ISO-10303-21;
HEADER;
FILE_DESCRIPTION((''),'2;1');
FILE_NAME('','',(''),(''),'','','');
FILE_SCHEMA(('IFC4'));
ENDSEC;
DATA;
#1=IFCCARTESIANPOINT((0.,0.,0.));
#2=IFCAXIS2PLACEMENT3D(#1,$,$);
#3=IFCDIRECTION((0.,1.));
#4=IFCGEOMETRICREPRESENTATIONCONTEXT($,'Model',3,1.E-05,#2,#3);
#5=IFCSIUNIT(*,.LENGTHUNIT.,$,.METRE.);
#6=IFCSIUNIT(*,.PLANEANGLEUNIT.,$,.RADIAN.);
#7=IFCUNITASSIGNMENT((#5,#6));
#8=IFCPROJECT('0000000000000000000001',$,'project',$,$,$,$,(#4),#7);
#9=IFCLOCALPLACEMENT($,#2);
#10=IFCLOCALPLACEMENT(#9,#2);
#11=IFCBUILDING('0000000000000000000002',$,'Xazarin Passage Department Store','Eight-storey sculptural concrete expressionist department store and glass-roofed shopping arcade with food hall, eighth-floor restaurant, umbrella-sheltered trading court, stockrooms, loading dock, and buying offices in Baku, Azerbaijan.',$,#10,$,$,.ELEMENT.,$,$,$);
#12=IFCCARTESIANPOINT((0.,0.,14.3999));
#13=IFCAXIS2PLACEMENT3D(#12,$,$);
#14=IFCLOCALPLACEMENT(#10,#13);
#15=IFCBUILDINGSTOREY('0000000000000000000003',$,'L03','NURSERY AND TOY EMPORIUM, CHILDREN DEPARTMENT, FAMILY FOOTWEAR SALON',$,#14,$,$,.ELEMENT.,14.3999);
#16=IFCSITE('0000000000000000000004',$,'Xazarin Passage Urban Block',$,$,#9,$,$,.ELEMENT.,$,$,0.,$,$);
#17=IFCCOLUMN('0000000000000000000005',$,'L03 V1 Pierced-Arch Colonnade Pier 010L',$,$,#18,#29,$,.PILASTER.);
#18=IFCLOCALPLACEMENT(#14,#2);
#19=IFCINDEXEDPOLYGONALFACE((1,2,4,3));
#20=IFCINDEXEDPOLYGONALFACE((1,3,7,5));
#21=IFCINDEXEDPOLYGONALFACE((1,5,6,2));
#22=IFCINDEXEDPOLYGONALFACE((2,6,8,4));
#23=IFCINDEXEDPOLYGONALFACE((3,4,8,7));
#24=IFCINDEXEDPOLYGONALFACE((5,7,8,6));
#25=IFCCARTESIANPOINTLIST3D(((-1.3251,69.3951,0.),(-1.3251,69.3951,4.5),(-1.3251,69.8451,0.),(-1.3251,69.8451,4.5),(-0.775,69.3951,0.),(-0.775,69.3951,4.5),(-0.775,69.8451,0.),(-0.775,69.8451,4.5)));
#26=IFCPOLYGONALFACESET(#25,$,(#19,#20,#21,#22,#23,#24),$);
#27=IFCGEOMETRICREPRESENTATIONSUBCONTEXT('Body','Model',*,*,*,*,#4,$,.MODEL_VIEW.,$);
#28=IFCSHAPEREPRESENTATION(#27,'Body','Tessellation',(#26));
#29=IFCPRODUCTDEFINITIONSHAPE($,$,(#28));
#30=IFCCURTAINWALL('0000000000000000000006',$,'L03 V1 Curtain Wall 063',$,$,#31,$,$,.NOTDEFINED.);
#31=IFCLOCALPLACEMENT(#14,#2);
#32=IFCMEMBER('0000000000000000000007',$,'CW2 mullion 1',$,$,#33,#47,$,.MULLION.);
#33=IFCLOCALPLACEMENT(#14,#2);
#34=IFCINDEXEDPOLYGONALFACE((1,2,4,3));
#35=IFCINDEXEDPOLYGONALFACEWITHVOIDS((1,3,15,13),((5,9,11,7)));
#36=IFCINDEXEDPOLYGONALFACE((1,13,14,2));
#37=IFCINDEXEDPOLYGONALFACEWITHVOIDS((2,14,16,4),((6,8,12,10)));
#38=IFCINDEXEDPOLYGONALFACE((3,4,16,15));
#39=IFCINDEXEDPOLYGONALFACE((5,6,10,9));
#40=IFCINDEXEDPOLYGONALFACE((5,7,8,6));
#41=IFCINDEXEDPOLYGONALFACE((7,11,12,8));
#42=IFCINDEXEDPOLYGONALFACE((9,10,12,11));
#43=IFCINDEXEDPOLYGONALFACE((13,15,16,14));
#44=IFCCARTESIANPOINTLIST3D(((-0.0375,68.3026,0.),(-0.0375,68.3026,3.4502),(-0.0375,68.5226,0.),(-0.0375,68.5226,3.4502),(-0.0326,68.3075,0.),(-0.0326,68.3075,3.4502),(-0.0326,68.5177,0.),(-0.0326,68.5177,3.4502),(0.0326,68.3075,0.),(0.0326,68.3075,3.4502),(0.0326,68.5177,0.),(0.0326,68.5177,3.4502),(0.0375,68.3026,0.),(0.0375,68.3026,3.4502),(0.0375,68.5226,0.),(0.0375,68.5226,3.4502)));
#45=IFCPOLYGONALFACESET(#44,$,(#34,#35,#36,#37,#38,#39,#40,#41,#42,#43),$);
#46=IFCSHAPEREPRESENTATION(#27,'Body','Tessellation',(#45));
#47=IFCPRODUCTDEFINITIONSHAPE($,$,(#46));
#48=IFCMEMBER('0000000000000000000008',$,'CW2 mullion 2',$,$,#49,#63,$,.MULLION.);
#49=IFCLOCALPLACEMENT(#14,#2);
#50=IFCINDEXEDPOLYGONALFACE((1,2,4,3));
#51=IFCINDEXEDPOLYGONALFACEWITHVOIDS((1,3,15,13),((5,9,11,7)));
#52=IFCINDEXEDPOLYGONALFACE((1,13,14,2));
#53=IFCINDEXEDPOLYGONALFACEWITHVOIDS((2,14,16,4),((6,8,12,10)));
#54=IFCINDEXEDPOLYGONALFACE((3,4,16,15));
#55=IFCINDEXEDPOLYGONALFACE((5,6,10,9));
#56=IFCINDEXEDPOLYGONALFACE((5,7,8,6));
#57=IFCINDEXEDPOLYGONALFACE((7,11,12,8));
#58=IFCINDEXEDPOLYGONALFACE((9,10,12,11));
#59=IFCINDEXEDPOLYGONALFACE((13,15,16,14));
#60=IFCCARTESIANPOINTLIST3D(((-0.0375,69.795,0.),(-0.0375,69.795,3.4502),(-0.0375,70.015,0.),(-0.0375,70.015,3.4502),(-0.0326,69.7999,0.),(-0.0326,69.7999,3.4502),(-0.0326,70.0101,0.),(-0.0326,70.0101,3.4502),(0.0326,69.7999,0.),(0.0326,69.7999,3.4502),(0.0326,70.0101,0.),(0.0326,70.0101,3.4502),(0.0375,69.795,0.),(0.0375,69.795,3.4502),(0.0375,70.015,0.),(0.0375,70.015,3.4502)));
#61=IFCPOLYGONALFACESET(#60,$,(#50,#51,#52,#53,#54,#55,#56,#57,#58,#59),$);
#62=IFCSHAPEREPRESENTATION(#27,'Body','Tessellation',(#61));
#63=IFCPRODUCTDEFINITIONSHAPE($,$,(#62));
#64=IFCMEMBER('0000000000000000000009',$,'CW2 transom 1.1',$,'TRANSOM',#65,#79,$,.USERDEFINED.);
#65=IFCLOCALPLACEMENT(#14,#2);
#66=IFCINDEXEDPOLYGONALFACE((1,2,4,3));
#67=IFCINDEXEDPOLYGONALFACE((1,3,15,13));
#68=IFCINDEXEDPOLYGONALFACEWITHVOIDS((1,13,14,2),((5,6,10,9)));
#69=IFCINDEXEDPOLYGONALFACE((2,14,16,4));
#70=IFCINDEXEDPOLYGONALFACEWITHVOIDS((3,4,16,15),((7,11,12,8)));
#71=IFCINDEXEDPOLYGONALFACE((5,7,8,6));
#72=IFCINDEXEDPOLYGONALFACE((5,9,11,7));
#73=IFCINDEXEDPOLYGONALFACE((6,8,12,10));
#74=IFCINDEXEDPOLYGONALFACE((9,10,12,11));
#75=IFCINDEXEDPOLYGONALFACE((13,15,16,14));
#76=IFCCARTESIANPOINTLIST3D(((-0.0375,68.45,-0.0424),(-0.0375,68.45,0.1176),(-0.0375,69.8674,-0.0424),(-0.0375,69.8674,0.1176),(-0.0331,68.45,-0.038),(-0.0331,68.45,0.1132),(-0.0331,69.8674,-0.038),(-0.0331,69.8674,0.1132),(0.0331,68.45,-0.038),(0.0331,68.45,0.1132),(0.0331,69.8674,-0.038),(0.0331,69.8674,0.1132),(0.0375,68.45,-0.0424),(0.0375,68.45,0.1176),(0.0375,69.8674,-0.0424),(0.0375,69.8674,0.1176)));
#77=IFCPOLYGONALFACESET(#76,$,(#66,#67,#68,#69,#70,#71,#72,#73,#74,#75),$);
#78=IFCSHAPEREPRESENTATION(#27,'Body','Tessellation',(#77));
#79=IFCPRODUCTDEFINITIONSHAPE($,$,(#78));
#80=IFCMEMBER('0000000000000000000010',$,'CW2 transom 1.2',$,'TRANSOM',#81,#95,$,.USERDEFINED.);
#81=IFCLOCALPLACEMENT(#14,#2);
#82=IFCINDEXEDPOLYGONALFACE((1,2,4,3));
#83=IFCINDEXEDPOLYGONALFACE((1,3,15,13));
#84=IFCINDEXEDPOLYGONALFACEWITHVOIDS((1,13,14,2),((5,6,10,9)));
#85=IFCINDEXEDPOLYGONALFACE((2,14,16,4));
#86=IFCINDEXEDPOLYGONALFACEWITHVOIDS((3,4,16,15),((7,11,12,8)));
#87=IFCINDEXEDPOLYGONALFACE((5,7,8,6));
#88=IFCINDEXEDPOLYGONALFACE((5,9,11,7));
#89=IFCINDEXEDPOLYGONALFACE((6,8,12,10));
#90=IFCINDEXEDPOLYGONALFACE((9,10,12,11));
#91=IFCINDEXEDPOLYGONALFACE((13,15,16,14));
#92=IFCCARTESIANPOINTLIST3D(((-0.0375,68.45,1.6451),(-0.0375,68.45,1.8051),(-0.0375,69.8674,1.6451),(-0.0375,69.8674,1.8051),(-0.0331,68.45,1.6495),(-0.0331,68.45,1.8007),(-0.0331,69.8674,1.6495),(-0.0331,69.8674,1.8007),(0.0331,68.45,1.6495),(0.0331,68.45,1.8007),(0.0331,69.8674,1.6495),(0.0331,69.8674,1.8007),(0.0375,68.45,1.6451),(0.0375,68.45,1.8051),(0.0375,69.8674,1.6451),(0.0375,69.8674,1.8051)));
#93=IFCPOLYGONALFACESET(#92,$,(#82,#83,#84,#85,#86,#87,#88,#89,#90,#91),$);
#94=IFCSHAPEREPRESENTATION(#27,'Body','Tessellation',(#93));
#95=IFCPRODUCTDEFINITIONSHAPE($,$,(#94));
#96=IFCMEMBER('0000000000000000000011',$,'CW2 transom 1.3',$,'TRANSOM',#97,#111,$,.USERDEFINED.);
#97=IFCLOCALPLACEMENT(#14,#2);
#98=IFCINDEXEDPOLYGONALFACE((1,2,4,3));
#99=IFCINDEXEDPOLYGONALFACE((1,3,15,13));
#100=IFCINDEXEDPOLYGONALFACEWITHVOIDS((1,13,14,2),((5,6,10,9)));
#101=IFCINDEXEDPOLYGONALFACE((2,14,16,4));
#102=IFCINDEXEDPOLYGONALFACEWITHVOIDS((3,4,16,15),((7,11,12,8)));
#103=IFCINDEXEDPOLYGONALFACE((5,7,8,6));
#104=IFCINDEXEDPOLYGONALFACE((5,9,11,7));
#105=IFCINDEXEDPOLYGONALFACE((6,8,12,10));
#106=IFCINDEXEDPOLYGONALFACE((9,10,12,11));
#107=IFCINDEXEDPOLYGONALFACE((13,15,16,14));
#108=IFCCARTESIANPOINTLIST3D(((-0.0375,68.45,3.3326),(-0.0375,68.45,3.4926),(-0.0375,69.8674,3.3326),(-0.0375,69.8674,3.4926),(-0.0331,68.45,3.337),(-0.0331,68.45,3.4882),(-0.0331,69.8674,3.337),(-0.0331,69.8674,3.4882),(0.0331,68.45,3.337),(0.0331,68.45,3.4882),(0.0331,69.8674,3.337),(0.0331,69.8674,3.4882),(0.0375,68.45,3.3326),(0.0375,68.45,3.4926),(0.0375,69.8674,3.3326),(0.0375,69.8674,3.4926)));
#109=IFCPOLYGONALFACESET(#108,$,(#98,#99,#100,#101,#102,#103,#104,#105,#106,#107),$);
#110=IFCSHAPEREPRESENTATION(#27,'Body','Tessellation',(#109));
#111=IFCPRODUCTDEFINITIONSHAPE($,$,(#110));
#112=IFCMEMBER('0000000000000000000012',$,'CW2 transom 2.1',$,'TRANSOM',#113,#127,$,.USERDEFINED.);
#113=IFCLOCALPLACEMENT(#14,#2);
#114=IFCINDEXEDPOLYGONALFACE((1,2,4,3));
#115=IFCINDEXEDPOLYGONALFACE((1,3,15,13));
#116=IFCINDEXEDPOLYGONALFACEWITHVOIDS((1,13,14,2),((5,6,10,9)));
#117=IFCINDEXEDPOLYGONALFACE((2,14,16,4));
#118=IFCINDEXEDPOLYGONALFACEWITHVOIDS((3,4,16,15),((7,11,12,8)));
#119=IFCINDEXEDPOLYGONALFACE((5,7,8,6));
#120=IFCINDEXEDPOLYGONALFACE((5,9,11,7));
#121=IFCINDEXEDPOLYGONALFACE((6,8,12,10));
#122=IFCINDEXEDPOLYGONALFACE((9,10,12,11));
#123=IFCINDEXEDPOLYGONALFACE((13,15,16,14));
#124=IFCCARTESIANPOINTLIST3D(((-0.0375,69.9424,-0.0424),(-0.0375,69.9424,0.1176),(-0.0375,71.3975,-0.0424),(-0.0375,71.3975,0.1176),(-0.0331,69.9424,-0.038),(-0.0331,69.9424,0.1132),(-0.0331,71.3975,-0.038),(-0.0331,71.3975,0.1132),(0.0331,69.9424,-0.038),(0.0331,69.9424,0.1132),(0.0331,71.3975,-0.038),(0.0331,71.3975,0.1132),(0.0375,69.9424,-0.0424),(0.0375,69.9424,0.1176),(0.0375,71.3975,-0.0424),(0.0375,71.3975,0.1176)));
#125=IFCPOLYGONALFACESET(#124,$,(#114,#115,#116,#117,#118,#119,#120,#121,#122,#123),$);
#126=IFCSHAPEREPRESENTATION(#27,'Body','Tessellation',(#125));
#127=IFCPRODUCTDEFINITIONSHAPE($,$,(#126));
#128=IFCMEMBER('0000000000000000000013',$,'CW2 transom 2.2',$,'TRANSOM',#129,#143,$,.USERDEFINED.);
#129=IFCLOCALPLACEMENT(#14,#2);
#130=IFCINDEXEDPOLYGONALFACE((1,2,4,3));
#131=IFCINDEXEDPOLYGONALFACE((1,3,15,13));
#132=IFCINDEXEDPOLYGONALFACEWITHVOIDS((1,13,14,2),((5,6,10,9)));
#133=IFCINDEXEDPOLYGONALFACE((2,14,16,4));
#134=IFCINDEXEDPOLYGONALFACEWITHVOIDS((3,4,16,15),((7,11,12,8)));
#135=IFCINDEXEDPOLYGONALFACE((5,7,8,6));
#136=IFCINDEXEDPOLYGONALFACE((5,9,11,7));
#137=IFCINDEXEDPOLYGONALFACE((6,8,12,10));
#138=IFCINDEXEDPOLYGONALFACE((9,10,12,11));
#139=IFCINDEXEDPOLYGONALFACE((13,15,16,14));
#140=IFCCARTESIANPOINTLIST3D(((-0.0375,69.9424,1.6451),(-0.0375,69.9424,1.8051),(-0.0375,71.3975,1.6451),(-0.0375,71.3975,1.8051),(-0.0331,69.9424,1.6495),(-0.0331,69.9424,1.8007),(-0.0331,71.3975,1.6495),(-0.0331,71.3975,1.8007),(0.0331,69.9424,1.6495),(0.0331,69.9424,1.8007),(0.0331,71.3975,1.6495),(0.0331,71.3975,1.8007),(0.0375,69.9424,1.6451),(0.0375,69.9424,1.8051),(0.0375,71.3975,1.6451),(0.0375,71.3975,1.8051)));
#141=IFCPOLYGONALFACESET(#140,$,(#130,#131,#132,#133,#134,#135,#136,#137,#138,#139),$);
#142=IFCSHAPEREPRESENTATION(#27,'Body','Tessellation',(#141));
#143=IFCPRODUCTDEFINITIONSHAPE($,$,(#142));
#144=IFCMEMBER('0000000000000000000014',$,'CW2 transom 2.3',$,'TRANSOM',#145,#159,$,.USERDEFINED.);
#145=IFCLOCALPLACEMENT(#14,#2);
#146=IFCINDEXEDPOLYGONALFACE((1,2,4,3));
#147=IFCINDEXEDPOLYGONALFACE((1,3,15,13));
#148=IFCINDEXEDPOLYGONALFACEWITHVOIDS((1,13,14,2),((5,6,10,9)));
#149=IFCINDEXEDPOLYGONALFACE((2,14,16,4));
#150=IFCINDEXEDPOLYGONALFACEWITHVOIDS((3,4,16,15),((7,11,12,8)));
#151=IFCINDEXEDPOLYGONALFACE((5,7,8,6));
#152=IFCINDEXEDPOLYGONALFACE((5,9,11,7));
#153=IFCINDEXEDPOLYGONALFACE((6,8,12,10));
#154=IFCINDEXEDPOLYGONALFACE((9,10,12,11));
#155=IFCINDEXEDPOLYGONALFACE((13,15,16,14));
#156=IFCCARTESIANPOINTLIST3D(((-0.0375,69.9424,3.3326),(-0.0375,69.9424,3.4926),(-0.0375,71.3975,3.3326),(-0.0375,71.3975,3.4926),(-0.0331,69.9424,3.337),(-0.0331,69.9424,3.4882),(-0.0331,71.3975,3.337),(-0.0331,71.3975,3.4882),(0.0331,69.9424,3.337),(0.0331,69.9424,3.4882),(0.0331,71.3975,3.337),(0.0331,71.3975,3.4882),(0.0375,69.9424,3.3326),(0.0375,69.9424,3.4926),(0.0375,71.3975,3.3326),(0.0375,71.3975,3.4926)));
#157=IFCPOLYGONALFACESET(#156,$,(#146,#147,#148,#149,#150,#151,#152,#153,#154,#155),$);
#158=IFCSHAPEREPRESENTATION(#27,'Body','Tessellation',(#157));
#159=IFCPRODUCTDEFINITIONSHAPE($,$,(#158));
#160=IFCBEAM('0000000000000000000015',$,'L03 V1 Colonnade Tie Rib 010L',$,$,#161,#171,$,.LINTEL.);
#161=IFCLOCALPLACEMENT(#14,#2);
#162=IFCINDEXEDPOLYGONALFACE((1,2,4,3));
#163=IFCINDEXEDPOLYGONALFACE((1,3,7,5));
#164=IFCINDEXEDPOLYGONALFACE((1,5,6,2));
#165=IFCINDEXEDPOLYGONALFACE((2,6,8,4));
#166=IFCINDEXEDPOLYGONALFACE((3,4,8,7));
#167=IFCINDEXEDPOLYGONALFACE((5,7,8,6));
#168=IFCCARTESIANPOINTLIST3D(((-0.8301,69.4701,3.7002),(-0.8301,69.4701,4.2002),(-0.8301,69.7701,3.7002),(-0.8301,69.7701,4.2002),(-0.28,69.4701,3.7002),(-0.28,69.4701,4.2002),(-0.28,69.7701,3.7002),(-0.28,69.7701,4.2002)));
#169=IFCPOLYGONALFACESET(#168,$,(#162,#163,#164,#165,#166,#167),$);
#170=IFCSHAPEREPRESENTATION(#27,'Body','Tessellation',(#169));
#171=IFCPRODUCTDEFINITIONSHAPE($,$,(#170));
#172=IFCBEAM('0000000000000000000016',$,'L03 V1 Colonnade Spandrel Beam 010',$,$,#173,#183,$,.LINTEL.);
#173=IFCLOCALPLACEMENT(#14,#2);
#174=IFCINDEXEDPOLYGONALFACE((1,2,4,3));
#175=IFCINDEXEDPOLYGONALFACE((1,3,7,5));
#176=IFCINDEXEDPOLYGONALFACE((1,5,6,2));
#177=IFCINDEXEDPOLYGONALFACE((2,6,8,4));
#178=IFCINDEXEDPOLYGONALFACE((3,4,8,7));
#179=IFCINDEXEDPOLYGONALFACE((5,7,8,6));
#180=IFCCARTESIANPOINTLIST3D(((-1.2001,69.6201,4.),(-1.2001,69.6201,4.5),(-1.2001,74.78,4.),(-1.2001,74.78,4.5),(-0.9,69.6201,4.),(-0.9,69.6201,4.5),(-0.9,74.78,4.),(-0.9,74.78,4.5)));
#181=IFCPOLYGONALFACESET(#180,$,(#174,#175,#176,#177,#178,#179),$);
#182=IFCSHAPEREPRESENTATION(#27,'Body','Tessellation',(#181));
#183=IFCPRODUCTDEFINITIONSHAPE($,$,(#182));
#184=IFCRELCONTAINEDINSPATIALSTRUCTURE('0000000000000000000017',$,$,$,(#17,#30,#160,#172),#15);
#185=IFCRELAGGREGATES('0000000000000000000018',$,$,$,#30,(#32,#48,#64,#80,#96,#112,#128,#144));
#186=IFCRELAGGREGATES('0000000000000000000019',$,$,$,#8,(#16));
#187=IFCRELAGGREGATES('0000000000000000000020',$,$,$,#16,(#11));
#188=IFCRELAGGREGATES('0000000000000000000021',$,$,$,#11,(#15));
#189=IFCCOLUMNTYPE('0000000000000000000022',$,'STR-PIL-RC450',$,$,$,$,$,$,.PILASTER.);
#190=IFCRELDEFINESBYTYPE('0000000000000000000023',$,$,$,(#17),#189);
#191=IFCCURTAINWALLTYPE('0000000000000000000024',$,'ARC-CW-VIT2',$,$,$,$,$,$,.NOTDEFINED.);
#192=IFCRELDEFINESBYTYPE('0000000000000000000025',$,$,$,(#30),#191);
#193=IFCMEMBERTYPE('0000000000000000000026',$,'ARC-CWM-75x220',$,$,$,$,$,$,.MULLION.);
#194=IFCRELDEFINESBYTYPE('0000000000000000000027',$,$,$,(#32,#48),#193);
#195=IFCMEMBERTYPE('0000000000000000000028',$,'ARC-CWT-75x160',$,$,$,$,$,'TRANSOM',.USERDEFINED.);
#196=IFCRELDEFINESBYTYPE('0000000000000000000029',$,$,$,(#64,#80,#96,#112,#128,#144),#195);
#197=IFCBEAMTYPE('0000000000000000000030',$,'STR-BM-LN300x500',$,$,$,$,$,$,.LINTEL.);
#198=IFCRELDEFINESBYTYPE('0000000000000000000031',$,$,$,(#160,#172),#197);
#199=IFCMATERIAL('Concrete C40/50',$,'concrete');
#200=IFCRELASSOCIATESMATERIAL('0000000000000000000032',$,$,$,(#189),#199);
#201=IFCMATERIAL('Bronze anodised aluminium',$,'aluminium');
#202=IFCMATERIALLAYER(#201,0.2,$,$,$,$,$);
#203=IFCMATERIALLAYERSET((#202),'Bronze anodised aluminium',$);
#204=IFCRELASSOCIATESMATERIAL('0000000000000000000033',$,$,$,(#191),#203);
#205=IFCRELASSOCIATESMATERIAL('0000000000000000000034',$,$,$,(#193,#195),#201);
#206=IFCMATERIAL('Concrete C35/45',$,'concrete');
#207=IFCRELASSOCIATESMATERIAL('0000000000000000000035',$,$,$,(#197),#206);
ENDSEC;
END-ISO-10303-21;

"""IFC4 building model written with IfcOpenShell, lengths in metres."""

from ifc_helpers import new_model, si_unit, direction, frame, origin, origin_2d, place, context, subcontext, project, spatial, rectangle, hollow_rectangle, extrude, material, layer, layer_set, material_profile, profile_set, type_object, element, aggregate, save


model = new_model("IFC4")

# Units and contexts
model_context = context("Model", 3, precision=1e-05, world=origin(), true_north=direction((0.0, 1.0)))
body_context = subcontext(model_context, "Body", "Model", "MODEL_VIEW")
ifc_project = project(units=[si_unit("LENGTHUNIT", "METRE"), si_unit("PLANEANGLEUNIT", "RADIAN")], contexts=[model_context])

# Site, building, storey
site_placement = place(None, origin())
site = spatial("IfcSite", under=ifc_project, at=site_placement, Name="Xazarin Passage Urban Block", CompositionType="ELEMENT", RefElevation=0.0)
building_placement = place(site_placement, origin())
building = spatial("IfcBuilding", under=site, at=building_placement, Name="Xazarin Passage Department Store", Description="Eight-storey sculptural concrete expressionist department store and glass-roofed shopping arcade with food hall, eighth-floor restaurant, umbrella-sheltered trading court, stockrooms, loading dock, and buying offices in Baku, Azerbaijan.", CompositionType="ELEMENT")
storey_placement = place(building_placement, frame((0.0, 0.0, 14.3999)))
storey = spatial("IfcBuildingStorey", under=building, at=storey_placement, Name="L03", Description="NURSERY AND TOY EMPORIUM, CHILDREN DEPARTMENT, FAMILY FOOTWEAR SALON", CompositionType="ELEMENT", Elevation=14.3999)

# Column
ifc_material_1 = material(Name="Concrete C40/50", Category="concrete")
ifc_material_profile_1 = material_profile(ifc_material_1, rectangle(XDim=0.45, YDim=0.55, at=origin_2d()), Name="RC 450x550")
ifc_profile_set_1 = profile_set([ifc_material_profile_1], Name="Concrete C40/50")
column_type = type_object("IfcColumnType", Name="STR-PIL-RC450", PredefinedType="PILASTER", material=ifc_profile_set_1)
column_placement = place(storey_placement, frame((-1.05, 69.6201, 0.0), z_axis=(0.0, 0.0, 1.0), x_axis=(0.0, 1.0, 0.0)))
element("IfcColumn", 1, at=column_placement, inside=storey, type_object=column_type, Name="L03 V1 Pierced-Arch Colonnade Pier 010L", PredefinedType="PILASTER", context=body_context, shape_type="SweptSolid", body=[
    extrude(rectangle(XDim=0.45, YDim=0.55, at=origin_2d()), origin(), (0.0, 0.0, 1.0), 4.5),
])

# Curtain wall, members
ifc_material_2 = material(Name="Bronze anodised aluminium", Category="aluminium")
ifc_layer_1 = layer(ifc_material_2, 0.2)
ifc_layer_set_1 = layer_set([ifc_layer_1], Name="Bronze anodised aluminium")
curtain_wall_type = type_object("IfcCurtainWallType", Name="ARC-CW-VIT2", PredefinedType="NOTDEFINED", material=ifc_layer_set_1)
curtain_wall_placement = place(storey_placement, origin())
curtain_wall = element("IfcCurtainWall", 2, at=curtain_wall_placement, inside=storey, type_object=curtain_wall_type, Name="L03 V1 Curtain Wall 063", PredefinedType="NOTDEFINED")
ifc_material_profile_2 = material_profile(ifc_material_2, hollow_rectangle(XDim=0.075, YDim=0.22, WallThickness=0.0049, at=origin_2d()), Name="ALU 75x220")
ifc_profile_set_2 = profile_set([ifc_material_profile_2], Name="Bronze anodised aluminium")
member_type_1 = type_object("IfcMemberType", Name="ARC-CWM-75x220", PredefinedType="MULLION", material=ifc_profile_set_2)
member_1_placement = place(storey_placement, frame((0.0, 68.4126, 0.0), z_axis=(0.0, 0.0, 1.0), x_axis=(-1.0, 0.0, 0.0)))
member_1 = element("IfcMember", 3, at=member_1_placement, type_object=member_type_1, Name="CW2 mullion 1", PredefinedType="MULLION", context=body_context, shape_type="SweptSolid", body=[
    extrude(hollow_rectangle(XDim=0.075, YDim=0.22, WallThickness=0.0049, at=origin_2d()), origin(), (0.0, 0.0, 1.0), 3.4502),
])
member_2_placement = place(storey_placement, frame((0.0, 69.905, 0.0), z_axis=(0.0, 0.0, 1.0), x_axis=(-1.0, 0.0, 0.0)))
member_2 = element("IfcMember", 4, at=member_2_placement, type_object=member_type_1, Name="CW2 mullion 2", PredefinedType="MULLION", context=body_context, shape_type="SweptSolid", body=[
    extrude(hollow_rectangle(XDim=0.075, YDim=0.22, WallThickness=0.0049, at=origin_2d()), origin(), (0.0, 0.0, 1.0), 3.4502),
])
ifc_material_profile_3 = material_profile(ifc_material_2, hollow_rectangle(XDim=0.075, YDim=0.1599, WallThickness=0.0044, at=origin_2d()), Name="ALU 75x160")
ifc_profile_set_3 = profile_set([ifc_material_profile_3], Name="Bronze anodised aluminium")
member_type_2 = type_object("IfcMemberType", Name="ARC-CWT-75x160", ElementType="TRANSOM", PredefinedType="USERDEFINED", material=ifc_profile_set_3)
member_3_placement = place(storey_placement, frame((0.0, 68.45, 0.0376), z_axis=(0.0, 1.0, 0.0), x_axis=(-1.0, 0.0, 0.0)))
member_3 = element("IfcMember", 5, at=member_3_placement, type_object=member_type_2, Name="CW2 transom 1.1", ObjectType="TRANSOM", PredefinedType="USERDEFINED", context=body_context, shape_type="SweptSolid", body=[
    extrude(hollow_rectangle(XDim=0.075, YDim=0.1599, WallThickness=0.0044, at=origin_2d()), origin(), (0.0, 0.0, 1.0), 1.4175),
])
member_4_placement = place(storey_placement, frame((0.0, 68.45, 1.7251), z_axis=(0.0, 1.0, 0.0), x_axis=(-1.0, 0.0, 0.0)))
member_4 = element("IfcMember", 6, at=member_4_placement, type_object=member_type_2, Name="CW2 transom 1.2", ObjectType="TRANSOM", PredefinedType="USERDEFINED", context=body_context, shape_type="SweptSolid", body=[
    extrude(hollow_rectangle(XDim=0.075, YDim=0.1599, WallThickness=0.0044, at=origin_2d()), origin(), (0.0, 0.0, 1.0), 1.4175),
])
member_5_placement = place(storey_placement, frame((0.0, 68.45, 3.4126), z_axis=(0.0, 1.0, 0.0), x_axis=(-1.0, 0.0, 0.0)))
member_5 = element("IfcMember", 7, at=member_5_placement, type_object=member_type_2, Name="CW2 transom 1.3", ObjectType="TRANSOM", PredefinedType="USERDEFINED", context=body_context, shape_type="SweptSolid", body=[
    extrude(hollow_rectangle(XDim=0.075, YDim=0.1599, WallThickness=0.0044, at=origin_2d()), origin(), (0.0, 0.0, 1.0), 1.4175),
])
member_6_placement = place(storey_placement, frame((0.0, 69.9424, 0.0376), z_axis=(0.0, 1.0, 0.0), x_axis=(-1.0, 0.0, 0.0)))
member_6 = element("IfcMember", 8, at=member_6_placement, type_object=member_type_2, Name="CW2 transom 2.1", ObjectType="TRANSOM", PredefinedType="USERDEFINED", context=body_context, shape_type="SweptSolid", body=[
    extrude(hollow_rectangle(XDim=0.075, YDim=0.1599, WallThickness=0.0044, at=origin_2d()), origin(), (0.0, 0.0, 1.0), 1.4551),
])
member_7_placement = place(storey_placement, frame((0.0, 69.9424, 1.7251), z_axis=(0.0, 1.0, 0.0), x_axis=(-1.0, 0.0, 0.0)))
member_7 = element("IfcMember", 9, at=member_7_placement, type_object=member_type_2, Name="CW2 transom 2.2", ObjectType="TRANSOM", PredefinedType="USERDEFINED", context=body_context, shape_type="SweptSolid", body=[
    extrude(hollow_rectangle(XDim=0.075, YDim=0.1599, WallThickness=0.0044, at=origin_2d()), origin(), (0.0, 0.0, 1.0), 1.4551),
])
member_8_placement = place(storey_placement, frame((0.0, 69.9424, 3.4126), z_axis=(0.0, 1.0, 0.0), x_axis=(-1.0, 0.0, 0.0)))
member_8 = element("IfcMember", 10, at=member_8_placement, type_object=member_type_2, Name="CW2 transom 2.3", ObjectType="TRANSOM", PredefinedType="USERDEFINED", context=body_context, shape_type="SweptSolid", body=[
    extrude(hollow_rectangle(XDim=0.075, YDim=0.1599, WallThickness=0.0044, at=origin_2d()), origin(), (0.0, 0.0, 1.0), 1.4551),
])

# Beams
ifc_material_3 = material(Name="Concrete C35/45", Category="concrete")
ifc_material_profile_4 = material_profile(ifc_material_3, rectangle(XDim=0.3, YDim=0.5, at=origin_2d()), Name="RC 300x500")
ifc_profile_set_4 = profile_set([ifc_material_profile_4], Name="Concrete C35/45")
beam_type = type_object("IfcBeamType", Name="STR-BM-LN300x500", PredefinedType="LINTEL", material=ifc_profile_set_4)
beam_1_placement = place(storey_placement, frame((-0.28, 69.6201, 3.9502), z_axis=(-1.0, 0.0, 0.0), x_axis=(0.0, -1.0, 0.0)))
element("IfcBeam", 11, at=beam_1_placement, inside=storey, type_object=beam_type, Name="L03 V1 Colonnade Tie Rib 010L", PredefinedType="LINTEL", context=body_context, shape_type="SweptSolid", body=[
    extrude(rectangle(XDim=0.3, YDim=0.5, at=origin_2d()), origin(), (0.0, 0.0, 1.0), 0.55),
])
beam_2_placement = place(storey_placement, frame((-1.05, 69.6201, 4.25), z_axis=(0.0, 1.0, 0.0), x_axis=(-1.0, 0.0, 0.0)))
element("IfcBeam", 12, at=beam_2_placement, inside=storey, type_object=beam_type, Name="L03 V1 Colonnade Spandrel Beam 010", PredefinedType="LINTEL", context=body_context, shape_type="SweptSolid", body=[
    extrude(rectangle(XDim=0.3, YDim=0.5, at=origin_2d()), origin(), (0.0, 0.0, 1.0), 5.1599),
])

aggregate(curtain_wall, [member_1, member_2, member_3, member_4, member_5, member_6, member_7, member_8])

save(model, "model.ifc")
